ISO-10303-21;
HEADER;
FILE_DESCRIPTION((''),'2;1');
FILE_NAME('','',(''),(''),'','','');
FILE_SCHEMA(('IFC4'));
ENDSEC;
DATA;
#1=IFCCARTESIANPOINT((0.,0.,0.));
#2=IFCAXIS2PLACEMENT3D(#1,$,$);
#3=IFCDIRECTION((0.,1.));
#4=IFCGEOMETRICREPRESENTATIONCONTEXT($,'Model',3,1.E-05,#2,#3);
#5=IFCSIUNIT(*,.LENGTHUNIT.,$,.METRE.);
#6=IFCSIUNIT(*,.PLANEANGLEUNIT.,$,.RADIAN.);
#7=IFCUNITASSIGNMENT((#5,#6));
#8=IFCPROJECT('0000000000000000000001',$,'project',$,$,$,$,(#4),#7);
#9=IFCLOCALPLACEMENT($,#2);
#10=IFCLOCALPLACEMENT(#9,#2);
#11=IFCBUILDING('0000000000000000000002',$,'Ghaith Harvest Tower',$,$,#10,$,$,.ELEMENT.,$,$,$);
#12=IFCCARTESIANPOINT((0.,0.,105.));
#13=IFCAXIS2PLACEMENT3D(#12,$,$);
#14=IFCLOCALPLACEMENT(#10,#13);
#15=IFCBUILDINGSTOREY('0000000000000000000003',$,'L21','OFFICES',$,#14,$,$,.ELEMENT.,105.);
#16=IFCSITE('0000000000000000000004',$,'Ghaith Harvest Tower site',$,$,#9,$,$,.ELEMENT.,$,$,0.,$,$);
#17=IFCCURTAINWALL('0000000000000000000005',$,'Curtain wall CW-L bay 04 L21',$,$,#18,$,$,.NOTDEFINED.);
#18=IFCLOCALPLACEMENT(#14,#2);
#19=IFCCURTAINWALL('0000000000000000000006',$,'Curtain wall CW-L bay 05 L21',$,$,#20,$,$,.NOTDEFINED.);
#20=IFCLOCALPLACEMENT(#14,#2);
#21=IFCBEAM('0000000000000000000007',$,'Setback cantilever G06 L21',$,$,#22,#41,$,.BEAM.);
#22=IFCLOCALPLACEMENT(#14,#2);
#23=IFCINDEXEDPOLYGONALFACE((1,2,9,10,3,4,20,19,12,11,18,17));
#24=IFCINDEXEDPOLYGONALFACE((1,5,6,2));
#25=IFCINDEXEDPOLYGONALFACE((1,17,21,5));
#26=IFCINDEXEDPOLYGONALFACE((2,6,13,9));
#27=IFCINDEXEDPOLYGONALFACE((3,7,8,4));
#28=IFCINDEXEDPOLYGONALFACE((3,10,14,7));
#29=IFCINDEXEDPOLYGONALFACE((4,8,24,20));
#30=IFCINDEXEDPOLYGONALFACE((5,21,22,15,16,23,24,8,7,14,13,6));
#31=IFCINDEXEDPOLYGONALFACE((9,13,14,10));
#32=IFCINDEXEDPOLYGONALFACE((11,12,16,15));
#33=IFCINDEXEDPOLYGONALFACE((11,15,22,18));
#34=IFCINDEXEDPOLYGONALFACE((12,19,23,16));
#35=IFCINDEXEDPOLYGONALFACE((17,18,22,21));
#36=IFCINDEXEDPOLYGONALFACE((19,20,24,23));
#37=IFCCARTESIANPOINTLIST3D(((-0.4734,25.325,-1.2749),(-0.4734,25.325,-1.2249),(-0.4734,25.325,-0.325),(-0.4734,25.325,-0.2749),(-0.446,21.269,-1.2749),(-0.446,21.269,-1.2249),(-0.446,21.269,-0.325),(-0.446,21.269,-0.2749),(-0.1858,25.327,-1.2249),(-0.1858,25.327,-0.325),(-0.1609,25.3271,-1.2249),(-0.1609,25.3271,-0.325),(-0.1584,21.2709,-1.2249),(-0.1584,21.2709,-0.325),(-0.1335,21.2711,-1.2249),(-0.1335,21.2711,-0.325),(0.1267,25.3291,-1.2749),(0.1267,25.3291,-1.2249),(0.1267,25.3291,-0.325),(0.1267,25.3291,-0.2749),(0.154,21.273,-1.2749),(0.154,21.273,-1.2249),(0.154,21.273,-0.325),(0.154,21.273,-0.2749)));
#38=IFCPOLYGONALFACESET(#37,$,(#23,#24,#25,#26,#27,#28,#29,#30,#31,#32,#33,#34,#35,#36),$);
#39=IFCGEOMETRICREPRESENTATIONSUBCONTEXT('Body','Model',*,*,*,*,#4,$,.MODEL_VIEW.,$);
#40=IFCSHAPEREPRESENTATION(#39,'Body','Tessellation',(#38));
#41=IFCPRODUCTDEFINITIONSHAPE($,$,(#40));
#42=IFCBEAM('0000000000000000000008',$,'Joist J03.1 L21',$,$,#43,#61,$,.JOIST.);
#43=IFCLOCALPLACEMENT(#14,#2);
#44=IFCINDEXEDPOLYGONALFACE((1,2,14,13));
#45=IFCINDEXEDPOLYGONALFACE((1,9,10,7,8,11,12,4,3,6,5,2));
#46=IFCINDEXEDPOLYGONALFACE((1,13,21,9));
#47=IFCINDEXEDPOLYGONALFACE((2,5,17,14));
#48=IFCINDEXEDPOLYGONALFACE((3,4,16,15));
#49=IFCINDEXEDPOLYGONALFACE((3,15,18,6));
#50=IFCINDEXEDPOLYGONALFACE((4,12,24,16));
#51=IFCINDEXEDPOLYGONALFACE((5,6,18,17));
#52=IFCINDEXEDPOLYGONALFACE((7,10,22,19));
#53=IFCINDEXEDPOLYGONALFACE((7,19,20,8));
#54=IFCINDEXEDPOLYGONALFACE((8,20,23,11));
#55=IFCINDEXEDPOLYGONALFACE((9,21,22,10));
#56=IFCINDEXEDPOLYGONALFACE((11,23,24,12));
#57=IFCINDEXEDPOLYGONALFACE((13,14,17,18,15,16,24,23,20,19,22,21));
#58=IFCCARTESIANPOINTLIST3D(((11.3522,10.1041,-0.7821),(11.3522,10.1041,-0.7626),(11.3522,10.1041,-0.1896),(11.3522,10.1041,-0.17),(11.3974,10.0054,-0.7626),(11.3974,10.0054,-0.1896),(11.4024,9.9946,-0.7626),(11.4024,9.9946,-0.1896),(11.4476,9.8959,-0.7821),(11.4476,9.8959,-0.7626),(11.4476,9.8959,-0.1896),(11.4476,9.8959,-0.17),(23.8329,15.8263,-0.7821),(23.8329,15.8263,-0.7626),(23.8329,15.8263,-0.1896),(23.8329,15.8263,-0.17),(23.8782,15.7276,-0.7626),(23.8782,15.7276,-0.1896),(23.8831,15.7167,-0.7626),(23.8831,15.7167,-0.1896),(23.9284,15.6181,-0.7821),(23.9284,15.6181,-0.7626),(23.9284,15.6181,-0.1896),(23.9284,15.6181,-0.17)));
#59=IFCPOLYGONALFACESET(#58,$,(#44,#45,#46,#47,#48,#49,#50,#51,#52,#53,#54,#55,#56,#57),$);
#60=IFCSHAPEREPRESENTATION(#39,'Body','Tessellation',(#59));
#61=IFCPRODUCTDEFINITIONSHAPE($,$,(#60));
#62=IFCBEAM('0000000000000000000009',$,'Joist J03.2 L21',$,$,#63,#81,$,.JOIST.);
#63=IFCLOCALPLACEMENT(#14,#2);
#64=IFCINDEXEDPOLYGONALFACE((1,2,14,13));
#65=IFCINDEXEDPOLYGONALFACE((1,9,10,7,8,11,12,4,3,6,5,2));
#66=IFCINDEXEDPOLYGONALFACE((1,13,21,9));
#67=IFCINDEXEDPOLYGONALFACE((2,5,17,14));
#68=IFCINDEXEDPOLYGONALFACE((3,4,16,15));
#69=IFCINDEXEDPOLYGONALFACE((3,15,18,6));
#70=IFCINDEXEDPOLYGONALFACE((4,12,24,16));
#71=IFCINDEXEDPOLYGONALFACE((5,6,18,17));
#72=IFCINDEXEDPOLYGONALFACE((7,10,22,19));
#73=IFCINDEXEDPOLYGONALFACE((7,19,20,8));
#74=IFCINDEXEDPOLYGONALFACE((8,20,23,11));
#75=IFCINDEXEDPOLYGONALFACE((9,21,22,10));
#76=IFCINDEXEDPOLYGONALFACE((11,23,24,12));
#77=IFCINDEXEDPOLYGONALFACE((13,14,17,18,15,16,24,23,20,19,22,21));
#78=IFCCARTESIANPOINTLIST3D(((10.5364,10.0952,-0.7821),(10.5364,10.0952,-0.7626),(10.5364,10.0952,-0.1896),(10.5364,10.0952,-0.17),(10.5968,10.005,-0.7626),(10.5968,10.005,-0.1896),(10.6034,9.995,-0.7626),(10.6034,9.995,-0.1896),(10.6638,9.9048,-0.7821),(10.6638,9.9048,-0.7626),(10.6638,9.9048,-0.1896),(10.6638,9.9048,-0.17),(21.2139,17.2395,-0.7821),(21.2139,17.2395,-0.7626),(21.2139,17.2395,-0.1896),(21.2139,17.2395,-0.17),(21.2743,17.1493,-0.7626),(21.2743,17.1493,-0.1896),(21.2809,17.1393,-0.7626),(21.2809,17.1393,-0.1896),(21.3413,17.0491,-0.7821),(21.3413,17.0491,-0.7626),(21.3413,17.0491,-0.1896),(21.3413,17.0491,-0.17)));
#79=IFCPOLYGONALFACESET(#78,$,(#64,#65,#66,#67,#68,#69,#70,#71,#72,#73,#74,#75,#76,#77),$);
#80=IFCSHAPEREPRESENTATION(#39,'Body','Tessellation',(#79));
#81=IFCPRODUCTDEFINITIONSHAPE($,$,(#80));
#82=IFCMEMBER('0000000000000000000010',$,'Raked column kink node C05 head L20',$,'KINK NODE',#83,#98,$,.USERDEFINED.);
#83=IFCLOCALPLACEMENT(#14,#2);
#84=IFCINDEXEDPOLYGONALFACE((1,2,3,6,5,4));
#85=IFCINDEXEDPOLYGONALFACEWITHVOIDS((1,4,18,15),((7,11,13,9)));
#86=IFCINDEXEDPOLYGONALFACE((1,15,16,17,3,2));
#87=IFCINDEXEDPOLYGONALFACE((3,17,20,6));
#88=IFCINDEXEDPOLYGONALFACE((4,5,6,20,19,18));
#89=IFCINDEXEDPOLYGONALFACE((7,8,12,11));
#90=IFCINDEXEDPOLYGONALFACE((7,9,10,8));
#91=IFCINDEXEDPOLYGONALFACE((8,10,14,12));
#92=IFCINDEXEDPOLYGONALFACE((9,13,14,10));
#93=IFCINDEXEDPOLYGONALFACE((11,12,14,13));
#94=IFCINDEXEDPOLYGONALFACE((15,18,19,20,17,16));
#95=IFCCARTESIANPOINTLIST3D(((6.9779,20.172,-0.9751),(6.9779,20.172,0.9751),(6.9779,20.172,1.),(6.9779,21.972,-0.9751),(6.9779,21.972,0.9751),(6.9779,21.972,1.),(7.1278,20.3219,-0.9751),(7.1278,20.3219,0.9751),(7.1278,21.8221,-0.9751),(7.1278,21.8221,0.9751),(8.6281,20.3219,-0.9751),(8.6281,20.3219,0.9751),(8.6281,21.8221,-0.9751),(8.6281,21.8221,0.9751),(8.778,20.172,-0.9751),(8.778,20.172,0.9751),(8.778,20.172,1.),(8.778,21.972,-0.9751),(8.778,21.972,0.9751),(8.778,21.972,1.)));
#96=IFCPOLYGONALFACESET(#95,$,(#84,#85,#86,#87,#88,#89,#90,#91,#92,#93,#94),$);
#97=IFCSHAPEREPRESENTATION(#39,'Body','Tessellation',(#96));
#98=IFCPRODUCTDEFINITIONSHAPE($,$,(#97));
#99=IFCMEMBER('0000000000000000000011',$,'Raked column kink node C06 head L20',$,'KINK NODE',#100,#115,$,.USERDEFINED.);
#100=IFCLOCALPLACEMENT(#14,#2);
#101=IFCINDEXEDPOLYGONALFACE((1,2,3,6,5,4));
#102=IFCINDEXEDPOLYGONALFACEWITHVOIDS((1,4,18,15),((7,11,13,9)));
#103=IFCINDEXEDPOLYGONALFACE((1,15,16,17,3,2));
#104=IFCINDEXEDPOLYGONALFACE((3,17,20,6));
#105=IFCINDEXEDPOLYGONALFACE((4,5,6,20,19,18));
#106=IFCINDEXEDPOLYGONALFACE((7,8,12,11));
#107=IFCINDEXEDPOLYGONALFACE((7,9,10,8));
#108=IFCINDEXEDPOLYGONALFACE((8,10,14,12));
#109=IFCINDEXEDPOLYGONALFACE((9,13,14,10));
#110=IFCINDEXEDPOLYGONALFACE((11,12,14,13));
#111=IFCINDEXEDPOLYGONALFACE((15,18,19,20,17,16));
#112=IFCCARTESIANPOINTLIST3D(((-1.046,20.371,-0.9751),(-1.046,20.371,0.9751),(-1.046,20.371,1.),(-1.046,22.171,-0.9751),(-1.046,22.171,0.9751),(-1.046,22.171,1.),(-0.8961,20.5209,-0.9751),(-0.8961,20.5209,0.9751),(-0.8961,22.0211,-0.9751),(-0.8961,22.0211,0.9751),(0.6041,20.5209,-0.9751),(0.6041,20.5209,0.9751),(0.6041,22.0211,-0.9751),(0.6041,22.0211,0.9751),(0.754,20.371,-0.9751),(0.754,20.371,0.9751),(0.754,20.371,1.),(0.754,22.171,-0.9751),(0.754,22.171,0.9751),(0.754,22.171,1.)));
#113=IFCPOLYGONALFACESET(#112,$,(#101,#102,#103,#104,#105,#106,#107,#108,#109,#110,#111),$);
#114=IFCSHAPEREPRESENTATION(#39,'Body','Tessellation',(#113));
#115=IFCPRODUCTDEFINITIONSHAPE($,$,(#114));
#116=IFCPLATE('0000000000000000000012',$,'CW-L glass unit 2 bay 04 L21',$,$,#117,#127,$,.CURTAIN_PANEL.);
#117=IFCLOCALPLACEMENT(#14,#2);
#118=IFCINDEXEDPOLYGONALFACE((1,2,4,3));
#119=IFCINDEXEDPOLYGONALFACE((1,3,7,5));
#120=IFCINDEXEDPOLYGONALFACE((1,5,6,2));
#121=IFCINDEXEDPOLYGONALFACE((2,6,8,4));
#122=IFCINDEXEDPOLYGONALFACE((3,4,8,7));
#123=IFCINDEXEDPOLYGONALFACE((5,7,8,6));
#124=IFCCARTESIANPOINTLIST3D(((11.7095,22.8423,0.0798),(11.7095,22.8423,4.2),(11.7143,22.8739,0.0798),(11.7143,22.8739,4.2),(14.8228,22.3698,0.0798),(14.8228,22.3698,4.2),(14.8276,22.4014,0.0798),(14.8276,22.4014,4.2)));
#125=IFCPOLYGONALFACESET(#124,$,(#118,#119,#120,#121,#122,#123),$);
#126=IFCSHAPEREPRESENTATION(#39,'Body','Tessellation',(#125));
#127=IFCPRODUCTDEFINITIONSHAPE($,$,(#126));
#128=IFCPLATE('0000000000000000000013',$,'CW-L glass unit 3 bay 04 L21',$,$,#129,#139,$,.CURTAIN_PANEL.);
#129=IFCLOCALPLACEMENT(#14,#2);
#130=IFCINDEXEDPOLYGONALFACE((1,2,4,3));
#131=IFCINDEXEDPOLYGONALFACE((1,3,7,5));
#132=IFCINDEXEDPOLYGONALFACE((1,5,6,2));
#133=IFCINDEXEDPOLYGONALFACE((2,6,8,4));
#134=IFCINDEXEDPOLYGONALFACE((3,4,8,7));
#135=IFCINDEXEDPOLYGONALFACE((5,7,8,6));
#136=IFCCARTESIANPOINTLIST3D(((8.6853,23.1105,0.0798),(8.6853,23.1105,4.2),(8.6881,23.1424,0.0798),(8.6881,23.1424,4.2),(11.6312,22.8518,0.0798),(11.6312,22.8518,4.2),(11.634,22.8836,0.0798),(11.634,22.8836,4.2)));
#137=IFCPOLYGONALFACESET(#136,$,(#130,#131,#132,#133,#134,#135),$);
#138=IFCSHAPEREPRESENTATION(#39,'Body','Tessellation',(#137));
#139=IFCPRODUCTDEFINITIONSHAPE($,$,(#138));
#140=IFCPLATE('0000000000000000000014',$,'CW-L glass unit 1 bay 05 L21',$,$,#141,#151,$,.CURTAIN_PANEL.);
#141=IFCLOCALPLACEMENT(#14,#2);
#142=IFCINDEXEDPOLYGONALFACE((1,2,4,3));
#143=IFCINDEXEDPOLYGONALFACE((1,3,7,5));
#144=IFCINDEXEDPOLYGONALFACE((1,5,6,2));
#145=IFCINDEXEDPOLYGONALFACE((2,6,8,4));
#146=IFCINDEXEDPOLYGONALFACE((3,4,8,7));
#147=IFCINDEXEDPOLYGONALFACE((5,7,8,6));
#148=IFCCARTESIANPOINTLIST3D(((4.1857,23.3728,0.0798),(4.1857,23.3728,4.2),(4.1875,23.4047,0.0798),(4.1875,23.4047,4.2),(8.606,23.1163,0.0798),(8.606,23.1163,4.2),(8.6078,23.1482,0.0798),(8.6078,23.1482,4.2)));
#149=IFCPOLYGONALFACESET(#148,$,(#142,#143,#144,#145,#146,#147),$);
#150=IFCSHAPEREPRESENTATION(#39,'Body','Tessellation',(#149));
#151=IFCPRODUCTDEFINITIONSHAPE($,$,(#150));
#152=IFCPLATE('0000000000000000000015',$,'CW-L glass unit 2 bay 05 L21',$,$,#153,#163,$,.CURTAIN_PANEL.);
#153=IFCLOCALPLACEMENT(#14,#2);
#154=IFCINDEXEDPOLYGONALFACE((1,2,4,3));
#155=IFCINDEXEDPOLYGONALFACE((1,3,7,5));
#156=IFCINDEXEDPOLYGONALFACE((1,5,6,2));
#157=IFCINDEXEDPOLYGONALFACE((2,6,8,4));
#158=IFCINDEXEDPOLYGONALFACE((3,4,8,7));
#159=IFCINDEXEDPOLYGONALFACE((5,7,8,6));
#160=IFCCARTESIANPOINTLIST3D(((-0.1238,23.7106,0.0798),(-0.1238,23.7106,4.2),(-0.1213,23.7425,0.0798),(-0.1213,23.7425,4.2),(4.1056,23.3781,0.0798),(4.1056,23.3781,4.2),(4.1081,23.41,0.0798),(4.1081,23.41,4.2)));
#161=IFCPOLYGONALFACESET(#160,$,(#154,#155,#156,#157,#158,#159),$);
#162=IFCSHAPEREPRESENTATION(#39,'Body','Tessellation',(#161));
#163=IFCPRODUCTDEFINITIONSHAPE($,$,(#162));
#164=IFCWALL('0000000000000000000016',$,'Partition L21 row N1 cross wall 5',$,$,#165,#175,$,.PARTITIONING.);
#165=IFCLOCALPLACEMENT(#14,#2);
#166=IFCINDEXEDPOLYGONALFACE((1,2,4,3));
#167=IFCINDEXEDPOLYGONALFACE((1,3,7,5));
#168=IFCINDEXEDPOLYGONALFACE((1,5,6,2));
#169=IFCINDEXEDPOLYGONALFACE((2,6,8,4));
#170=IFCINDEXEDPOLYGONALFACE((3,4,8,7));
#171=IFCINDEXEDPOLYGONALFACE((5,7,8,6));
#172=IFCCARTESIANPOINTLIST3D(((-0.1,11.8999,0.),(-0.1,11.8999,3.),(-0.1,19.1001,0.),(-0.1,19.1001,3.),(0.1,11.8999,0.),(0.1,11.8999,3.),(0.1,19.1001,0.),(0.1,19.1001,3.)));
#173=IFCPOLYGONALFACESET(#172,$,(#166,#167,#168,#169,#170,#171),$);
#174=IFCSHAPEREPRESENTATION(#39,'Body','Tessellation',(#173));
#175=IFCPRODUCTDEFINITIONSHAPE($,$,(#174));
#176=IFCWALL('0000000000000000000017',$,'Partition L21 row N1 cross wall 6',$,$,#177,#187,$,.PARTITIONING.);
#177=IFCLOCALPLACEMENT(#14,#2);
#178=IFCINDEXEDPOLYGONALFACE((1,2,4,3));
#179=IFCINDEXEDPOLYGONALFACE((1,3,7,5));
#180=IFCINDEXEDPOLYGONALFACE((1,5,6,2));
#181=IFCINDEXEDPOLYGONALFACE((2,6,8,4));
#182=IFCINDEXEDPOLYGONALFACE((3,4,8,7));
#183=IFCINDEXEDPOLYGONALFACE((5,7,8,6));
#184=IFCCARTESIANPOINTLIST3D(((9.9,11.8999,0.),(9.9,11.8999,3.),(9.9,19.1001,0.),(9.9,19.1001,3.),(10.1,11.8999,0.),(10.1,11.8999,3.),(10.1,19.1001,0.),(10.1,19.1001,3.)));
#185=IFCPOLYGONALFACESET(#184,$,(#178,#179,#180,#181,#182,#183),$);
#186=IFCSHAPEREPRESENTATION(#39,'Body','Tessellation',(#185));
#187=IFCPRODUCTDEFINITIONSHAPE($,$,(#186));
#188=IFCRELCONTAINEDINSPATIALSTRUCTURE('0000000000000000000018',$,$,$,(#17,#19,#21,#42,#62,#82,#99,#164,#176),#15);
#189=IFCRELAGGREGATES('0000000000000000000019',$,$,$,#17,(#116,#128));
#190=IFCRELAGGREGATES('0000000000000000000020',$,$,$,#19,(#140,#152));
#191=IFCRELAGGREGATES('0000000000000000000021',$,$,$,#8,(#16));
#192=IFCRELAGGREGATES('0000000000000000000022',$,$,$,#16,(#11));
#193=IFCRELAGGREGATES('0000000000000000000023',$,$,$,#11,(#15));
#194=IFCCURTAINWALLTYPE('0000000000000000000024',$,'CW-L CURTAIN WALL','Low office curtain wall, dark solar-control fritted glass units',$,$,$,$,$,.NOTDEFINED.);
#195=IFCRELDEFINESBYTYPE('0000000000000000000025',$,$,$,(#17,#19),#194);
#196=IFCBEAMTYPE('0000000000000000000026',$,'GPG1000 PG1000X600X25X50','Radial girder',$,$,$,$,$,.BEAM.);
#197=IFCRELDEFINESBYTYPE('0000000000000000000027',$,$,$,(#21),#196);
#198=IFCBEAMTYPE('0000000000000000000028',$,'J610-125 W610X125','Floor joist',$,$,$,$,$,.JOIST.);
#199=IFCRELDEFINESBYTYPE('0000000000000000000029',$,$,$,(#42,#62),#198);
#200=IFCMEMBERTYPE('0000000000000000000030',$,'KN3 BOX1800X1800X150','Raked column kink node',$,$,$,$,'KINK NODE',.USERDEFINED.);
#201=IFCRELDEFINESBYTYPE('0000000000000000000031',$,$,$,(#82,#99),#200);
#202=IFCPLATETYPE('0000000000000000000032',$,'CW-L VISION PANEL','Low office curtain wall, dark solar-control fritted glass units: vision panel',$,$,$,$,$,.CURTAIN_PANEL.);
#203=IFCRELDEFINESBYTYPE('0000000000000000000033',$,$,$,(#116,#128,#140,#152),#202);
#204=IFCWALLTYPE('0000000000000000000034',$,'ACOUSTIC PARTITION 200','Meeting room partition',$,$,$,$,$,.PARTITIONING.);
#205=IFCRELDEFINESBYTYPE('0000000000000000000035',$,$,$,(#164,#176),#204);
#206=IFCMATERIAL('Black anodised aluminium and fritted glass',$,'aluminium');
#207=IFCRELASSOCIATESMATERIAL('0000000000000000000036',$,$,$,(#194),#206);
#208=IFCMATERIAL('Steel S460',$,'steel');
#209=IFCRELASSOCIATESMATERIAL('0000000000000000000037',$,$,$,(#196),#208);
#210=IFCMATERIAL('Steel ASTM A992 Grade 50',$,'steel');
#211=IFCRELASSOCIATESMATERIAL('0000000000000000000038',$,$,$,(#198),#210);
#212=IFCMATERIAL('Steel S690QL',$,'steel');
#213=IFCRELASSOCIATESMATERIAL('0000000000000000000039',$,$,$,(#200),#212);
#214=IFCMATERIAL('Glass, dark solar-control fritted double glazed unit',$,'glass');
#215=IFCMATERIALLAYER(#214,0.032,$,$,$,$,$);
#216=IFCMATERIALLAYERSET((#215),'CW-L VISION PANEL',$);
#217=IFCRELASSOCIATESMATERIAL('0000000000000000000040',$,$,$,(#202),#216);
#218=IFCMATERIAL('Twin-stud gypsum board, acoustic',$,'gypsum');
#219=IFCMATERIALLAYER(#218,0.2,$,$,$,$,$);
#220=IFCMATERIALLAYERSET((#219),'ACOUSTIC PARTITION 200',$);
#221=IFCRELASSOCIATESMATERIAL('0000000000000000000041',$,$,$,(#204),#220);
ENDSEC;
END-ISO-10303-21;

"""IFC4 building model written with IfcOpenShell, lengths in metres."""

from ifc_helpers import new_model, si_unit, direction, frame, frame_2d, origin, origin_2d, place, context, subcontext, project, spatial, rectangle, hollow_rectangle, i_section, extrude, boolean, material, layer, layer_set, material_profile, profile_set, type_object, element, aggregate, save


model = new_model("IFC4")

# Units and contexts
model_context = context("Model", 3, precision=1e-05, world=origin(), true_north=direction((0.0, 1.0)))
body_context = subcontext(model_context, "Body", "Model", "MODEL_VIEW")
ifc_project = project(units=[si_unit("LENGTHUNIT", "METRE"), si_unit("PLANEANGLEUNIT", "RADIAN")], contexts=[model_context])

# Site, building, storey
site_placement = place(None, origin())
site = spatial("IfcSite", under=ifc_project, at=site_placement, Name="Ghaith Harvest Tower site", CompositionType="ELEMENT", RefElevation=0.0)
building_placement = place(site_placement, origin())
building = spatial("IfcBuilding", under=site, at=building_placement, Name="Ghaith Harvest Tower", CompositionType="ELEMENT")
storey_placement = place(building_placement, frame((0.0, 0.0, 105.0)))
storey = spatial("IfcBuildingStorey", under=building, at=storey_placement, Name="L21", Description="OFFICES", CompositionType="ELEMENT", Elevation=105.0)

# Curtain walls
ifc_material_1 = material(Name="Black anodised aluminium and fritted glass", Category="aluminium")
curtain_wall_type = type_object("IfcCurtainWallType", Name="CW-L CURTAIN WALL", Description="Low office curtain wall, dark solar-control fritted glass units", PredefinedType="NOTDEFINED", material=ifc_material_1)
curtain_wall_1_placement = place(storey_placement, origin())
curtain_wall_1 = element("IfcCurtainWall", 1, at=curtain_wall_1_placement, inside=storey, type_object=curtain_wall_type, Name="Curtain wall CW-L bay 04 L21", PredefinedType="NOTDEFINED")
curtain_wall_2_placement = place(storey_placement, origin())
curtain_wall_2 = element("IfcCurtainWall", 2, at=curtain_wall_2_placement, inside=storey, type_object=curtain_wall_type, Name="Curtain wall CW-L bay 05 L21", PredefinedType="NOTDEFINED")

# Beams
ifc_material_2 = material(Name="Steel S460", Category="steel")
ifc_material_profile_1 = material_profile(ifc_material_2, i_section(OverallWidth=0.6001, OverallDepth=1.0, WebThickness=0.0249, FlangeThickness=0.05, at=origin_2d()), Name="PG1000X600X25X50")
ifc_profile_set_1 = profile_set([ifc_material_profile_1], Name="Steel S460")
beam_type_1 = type_object("IfcBeamType", Name="GPG1000 PG1000X600X25X50", Description="Radial girder", PredefinedType="BEAM", material=ifc_profile_set_1)
beam_1_placement = place(storey_placement, frame((-0.146, 21.271, -0.7749), z_axis=(-0.006741, 0.999977, 0.0), x_axis=(-0.999977, -0.006741, 0.0)))
element("IfcBeam", 3, at=beam_1_placement, inside=storey, type_object=beam_type_1, Name="Setback cantilever G06 L21", PredefinedType="BEAM", context=body_context, shape_type="SweptSolid", body=[
    extrude(i_section(OverallWidth=0.6001, OverallDepth=1.0, WebThickness=0.0249, FlangeThickness=0.05, at=origin_2d()), origin(), (0.0, 0.0, 1.0), 4.0562),
])
ifc_material_3 = material(Name="Steel ASTM A992 Grade 50", Category="steel")
ifc_material_profile_2 = material_profile(ifc_material_3, i_section(OverallWidth=0.229, OverallDepth=0.6121, WebThickness=0.012, FlangeThickness=0.0195, at=origin_2d()), Name="W610X125")
ifc_profile_set_2 = profile_set([ifc_material_profile_2], Name="Steel ASTM A992 Grade 50")
beam_type_2 = type_object("IfcBeamType", Name="J610-125 W610X125", Description="Floor joist", PredefinedType="JOIST", material=ifc_profile_set_2)
beam_2_placement = place(storey_placement, frame((11.3999, 10.0, -0.4761), z_axis=(0.909014, 0.416766, 0.0), x_axis=(-0.416766, 0.909014, 0.0)))
element("IfcBeam", 4, at=beam_2_placement, inside=storey, type_object=beam_type_2, Name="Joist J03.1 L21", PredefinedType="JOIST", context=body_context, shape_type="SweptSolid", body=[
    extrude(i_section(OverallWidth=0.229, OverallDepth=0.6121, WebThickness=0.012, FlangeThickness=0.0195, at=origin_2d()), origin(), (0.0, 0.0, 1.0), 13.73),
])
beam_3_placement = place(storey_placement, frame((10.6001, 10.0, -0.4761), z_axis=(0.831116, 0.556098, 0.0), x_axis=(-0.556098, 0.831116, 0.0)))
element("IfcBeam", 5, at=beam_3_placement, inside=storey, type_object=beam_type_2, Name="Joist J03.2 L21", PredefinedType="JOIST", context=body_context, shape_type="SweptSolid", body=[
    extrude(i_section(OverallWidth=0.229, OverallDepth=0.6121, WebThickness=0.012, FlangeThickness=0.0195, at=origin_2d()), origin(), (0.0, 0.0, 1.0), 12.8472),
])

# Members
ifc_material_4 = material(Name="Steel S690QL", Category="steel")
ifc_material_profile_3 = material_profile(ifc_material_4, hollow_rectangle(XDim=1.8, YDim=1.8, WallThickness=0.1499, at=origin_2d()), Name="BOX1800X1800X150")
ifc_profile_set_3 = profile_set([ifc_material_profile_3], Name="Steel S690QL")
member_type_1 = type_object("IfcMemberType", Name="KN3 BOX1800X1800X150", Description="Raked column kink node", ElementType="KINK NODE", PredefinedType="USERDEFINED", material=ifc_profile_set_3)
for number, where, z_axis, x_axis, name in (
    (6, (7.8779, 21.072, -0.9751), (0.0, 0.0, 1.0), (1.0, 0.0, 0.0), "Raked column kink node C05 head L20"),
    (7, (-0.146, 21.271, -0.9751), (0.0, 0.0, 1.0), (1.0, 0.0, 0.0), "Raked column kink node C06 head L20"),
):
    element("IfcMember", number, at=place(storey_placement, frame(where, z_axis=z_axis, x_axis=x_axis)), inside=storey, type_object=member_type_1, Name=name, ObjectType="KINK NODE", PredefinedType="USERDEFINED", context=body_context, shape_type="CSG", body=[
        boolean("UNION", extrude(hollow_rectangle(XDim=1.8, YDim=1.8, WallThickness=0.1499, at=origin_2d()), origin(), (0.0, 0.0, 1.0), 1.9502), extrude(rectangle(XDim=1.8, YDim=1.8, at=origin_2d()), frame((0.0, 0.0, 1.9502)), (0.0, 0.0, 1.0), 0.0249)),
    ])

# Plates
ifc_material_5 = material(Name="Glass, dark solar-control fritted double glazed unit", Category="glass")
ifc_layer_1 = layer(ifc_material_5, 0.032)
ifc_layer_set_1 = layer_set([ifc_layer_1], Name="CW-L VISION PANEL")
plate_type = type_object("IfcPlateType", Name="CW-L VISION PANEL", Description="Low office curtain wall, dark solar-control fritted glass units: vision panel", PredefinedType="CURTAIN_PANEL", material=ifc_layer_set_1)
plate_1_placement = place(storey_placement, frame((13.2686, 22.6218, 0.0798), z_axis=(0.0, 0.0, 1.0), x_axis=(-0.988679, 0.150048, 0.0)))
plate_1 = element("IfcPlate", 8, at=plate_1_placement, type_object=plate_type, Name="CW-L glass unit 2 bay 04 L21", PredefinedType="CURTAIN_PANEL", context=body_context, shape_type="SweptSolid", body=[
    extrude(rectangle(XDim=3.1489, YDim=0.032, at=origin_2d()), origin(), (0.0, 0.0, 1.0), 4.1201),
])
plate_2_placement = place(storey_placement, frame((10.1597, 22.9971, 0.0798), z_axis=(0.0, 0.0, 1.0), x_axis=(-0.996166, 0.087481, 0.0)))
plate_2 = element("IfcPlate", 9, at=plate_2_placement, type_object=plate_type, Name="CW-L glass unit 3 bay 04 L21", PredefinedType="CURTAIN_PANEL", context=body_context, shape_type="SweptSolid", body=[
    extrude(rectangle(XDim=2.9573, YDim=0.032, at=origin_2d()), origin(), (0.0, 0.0, 1.0), 4.1201),
])
aggregate(curtain_wall_1, [plate_1, plate_2])
plate_3_placement = place(storey_placement, frame((6.3967, 23.2605, 0.0798), z_axis=(0.0, 0.0, 1.0), x_axis=(-0.998321, 0.057927, 0.0)))
plate_3 = element("IfcPlate", 10, at=plate_3_placement, type_object=plate_type, Name="CW-L glass unit 1 bay 05 L21", PredefinedType="CURTAIN_PANEL", context=body_context, shape_type="SweptSolid", body=[
    extrude(rectangle(XDim=4.4277, YDim=0.032, at=origin_2d()), origin(), (0.0, 0.0, 1.0), 4.1201),
])
plate_4_placement = place(storey_placement, frame((1.9922, 23.5603, 0.0798), z_axis=(0.0, 0.0, 1.0), x_axis=(-0.996925, 0.07836, 0.0)))
plate_4 = element("IfcPlate", 11, at=plate_4_placement, type_object=plate_type, Name="CW-L glass unit 2 bay 05 L21", PredefinedType="CURTAIN_PANEL", context=body_context, shape_type="SweptSolid", body=[
    extrude(rectangle(XDim=4.2424, YDim=0.032, at=origin_2d()), origin(), (0.0, 0.0, 1.0), 4.1201),
])
aggregate(curtain_wall_2, [plate_3, plate_4])

# Walls
ifc_material_6 = material(Name="Twin-stud gypsum board, acoustic", Category="gypsum")
ifc_layer_2 = layer(ifc_material_6, 0.2)
ifc_layer_set_2 = layer_set([ifc_layer_2], Name="ACOUSTIC PARTITION 200")
wall_type_1 = type_object("IfcWallType", Name="ACOUSTIC PARTITION 200", Description="Meeting room partition", PredefinedType="PARTITIONING", material=ifc_layer_set_2)
for number, where, z_axis, x_axis, name in (
    (12, (0.0, 11.8999, 0.0), (0.0, 0.0, 1.0), (0.0, 1.0, 0.0), "Partition L21 row N1 cross wall 5"),
    (13, (10.0, 11.8999, 0.0), (0.0, 0.0, 1.0), (0.0, 1.0, 0.0), "Partition L21 row N1 cross wall 6"),
):
    element("IfcWall", number, at=place(storey_placement, frame(where, z_axis=z_axis, x_axis=x_axis)), inside=storey, type_object=wall_type_1, Name=name, PredefinedType="PARTITIONING", context=body_context, shape_type="SweptSolid", body=[
        extrude(rectangle(XDim=7.2002, YDim=0.2, at=frame_2d((3.6001, 0.0))), origin(), (0.0, 0.0, 1.0), 3.0),
    ])

save(model, "model.ifc")
